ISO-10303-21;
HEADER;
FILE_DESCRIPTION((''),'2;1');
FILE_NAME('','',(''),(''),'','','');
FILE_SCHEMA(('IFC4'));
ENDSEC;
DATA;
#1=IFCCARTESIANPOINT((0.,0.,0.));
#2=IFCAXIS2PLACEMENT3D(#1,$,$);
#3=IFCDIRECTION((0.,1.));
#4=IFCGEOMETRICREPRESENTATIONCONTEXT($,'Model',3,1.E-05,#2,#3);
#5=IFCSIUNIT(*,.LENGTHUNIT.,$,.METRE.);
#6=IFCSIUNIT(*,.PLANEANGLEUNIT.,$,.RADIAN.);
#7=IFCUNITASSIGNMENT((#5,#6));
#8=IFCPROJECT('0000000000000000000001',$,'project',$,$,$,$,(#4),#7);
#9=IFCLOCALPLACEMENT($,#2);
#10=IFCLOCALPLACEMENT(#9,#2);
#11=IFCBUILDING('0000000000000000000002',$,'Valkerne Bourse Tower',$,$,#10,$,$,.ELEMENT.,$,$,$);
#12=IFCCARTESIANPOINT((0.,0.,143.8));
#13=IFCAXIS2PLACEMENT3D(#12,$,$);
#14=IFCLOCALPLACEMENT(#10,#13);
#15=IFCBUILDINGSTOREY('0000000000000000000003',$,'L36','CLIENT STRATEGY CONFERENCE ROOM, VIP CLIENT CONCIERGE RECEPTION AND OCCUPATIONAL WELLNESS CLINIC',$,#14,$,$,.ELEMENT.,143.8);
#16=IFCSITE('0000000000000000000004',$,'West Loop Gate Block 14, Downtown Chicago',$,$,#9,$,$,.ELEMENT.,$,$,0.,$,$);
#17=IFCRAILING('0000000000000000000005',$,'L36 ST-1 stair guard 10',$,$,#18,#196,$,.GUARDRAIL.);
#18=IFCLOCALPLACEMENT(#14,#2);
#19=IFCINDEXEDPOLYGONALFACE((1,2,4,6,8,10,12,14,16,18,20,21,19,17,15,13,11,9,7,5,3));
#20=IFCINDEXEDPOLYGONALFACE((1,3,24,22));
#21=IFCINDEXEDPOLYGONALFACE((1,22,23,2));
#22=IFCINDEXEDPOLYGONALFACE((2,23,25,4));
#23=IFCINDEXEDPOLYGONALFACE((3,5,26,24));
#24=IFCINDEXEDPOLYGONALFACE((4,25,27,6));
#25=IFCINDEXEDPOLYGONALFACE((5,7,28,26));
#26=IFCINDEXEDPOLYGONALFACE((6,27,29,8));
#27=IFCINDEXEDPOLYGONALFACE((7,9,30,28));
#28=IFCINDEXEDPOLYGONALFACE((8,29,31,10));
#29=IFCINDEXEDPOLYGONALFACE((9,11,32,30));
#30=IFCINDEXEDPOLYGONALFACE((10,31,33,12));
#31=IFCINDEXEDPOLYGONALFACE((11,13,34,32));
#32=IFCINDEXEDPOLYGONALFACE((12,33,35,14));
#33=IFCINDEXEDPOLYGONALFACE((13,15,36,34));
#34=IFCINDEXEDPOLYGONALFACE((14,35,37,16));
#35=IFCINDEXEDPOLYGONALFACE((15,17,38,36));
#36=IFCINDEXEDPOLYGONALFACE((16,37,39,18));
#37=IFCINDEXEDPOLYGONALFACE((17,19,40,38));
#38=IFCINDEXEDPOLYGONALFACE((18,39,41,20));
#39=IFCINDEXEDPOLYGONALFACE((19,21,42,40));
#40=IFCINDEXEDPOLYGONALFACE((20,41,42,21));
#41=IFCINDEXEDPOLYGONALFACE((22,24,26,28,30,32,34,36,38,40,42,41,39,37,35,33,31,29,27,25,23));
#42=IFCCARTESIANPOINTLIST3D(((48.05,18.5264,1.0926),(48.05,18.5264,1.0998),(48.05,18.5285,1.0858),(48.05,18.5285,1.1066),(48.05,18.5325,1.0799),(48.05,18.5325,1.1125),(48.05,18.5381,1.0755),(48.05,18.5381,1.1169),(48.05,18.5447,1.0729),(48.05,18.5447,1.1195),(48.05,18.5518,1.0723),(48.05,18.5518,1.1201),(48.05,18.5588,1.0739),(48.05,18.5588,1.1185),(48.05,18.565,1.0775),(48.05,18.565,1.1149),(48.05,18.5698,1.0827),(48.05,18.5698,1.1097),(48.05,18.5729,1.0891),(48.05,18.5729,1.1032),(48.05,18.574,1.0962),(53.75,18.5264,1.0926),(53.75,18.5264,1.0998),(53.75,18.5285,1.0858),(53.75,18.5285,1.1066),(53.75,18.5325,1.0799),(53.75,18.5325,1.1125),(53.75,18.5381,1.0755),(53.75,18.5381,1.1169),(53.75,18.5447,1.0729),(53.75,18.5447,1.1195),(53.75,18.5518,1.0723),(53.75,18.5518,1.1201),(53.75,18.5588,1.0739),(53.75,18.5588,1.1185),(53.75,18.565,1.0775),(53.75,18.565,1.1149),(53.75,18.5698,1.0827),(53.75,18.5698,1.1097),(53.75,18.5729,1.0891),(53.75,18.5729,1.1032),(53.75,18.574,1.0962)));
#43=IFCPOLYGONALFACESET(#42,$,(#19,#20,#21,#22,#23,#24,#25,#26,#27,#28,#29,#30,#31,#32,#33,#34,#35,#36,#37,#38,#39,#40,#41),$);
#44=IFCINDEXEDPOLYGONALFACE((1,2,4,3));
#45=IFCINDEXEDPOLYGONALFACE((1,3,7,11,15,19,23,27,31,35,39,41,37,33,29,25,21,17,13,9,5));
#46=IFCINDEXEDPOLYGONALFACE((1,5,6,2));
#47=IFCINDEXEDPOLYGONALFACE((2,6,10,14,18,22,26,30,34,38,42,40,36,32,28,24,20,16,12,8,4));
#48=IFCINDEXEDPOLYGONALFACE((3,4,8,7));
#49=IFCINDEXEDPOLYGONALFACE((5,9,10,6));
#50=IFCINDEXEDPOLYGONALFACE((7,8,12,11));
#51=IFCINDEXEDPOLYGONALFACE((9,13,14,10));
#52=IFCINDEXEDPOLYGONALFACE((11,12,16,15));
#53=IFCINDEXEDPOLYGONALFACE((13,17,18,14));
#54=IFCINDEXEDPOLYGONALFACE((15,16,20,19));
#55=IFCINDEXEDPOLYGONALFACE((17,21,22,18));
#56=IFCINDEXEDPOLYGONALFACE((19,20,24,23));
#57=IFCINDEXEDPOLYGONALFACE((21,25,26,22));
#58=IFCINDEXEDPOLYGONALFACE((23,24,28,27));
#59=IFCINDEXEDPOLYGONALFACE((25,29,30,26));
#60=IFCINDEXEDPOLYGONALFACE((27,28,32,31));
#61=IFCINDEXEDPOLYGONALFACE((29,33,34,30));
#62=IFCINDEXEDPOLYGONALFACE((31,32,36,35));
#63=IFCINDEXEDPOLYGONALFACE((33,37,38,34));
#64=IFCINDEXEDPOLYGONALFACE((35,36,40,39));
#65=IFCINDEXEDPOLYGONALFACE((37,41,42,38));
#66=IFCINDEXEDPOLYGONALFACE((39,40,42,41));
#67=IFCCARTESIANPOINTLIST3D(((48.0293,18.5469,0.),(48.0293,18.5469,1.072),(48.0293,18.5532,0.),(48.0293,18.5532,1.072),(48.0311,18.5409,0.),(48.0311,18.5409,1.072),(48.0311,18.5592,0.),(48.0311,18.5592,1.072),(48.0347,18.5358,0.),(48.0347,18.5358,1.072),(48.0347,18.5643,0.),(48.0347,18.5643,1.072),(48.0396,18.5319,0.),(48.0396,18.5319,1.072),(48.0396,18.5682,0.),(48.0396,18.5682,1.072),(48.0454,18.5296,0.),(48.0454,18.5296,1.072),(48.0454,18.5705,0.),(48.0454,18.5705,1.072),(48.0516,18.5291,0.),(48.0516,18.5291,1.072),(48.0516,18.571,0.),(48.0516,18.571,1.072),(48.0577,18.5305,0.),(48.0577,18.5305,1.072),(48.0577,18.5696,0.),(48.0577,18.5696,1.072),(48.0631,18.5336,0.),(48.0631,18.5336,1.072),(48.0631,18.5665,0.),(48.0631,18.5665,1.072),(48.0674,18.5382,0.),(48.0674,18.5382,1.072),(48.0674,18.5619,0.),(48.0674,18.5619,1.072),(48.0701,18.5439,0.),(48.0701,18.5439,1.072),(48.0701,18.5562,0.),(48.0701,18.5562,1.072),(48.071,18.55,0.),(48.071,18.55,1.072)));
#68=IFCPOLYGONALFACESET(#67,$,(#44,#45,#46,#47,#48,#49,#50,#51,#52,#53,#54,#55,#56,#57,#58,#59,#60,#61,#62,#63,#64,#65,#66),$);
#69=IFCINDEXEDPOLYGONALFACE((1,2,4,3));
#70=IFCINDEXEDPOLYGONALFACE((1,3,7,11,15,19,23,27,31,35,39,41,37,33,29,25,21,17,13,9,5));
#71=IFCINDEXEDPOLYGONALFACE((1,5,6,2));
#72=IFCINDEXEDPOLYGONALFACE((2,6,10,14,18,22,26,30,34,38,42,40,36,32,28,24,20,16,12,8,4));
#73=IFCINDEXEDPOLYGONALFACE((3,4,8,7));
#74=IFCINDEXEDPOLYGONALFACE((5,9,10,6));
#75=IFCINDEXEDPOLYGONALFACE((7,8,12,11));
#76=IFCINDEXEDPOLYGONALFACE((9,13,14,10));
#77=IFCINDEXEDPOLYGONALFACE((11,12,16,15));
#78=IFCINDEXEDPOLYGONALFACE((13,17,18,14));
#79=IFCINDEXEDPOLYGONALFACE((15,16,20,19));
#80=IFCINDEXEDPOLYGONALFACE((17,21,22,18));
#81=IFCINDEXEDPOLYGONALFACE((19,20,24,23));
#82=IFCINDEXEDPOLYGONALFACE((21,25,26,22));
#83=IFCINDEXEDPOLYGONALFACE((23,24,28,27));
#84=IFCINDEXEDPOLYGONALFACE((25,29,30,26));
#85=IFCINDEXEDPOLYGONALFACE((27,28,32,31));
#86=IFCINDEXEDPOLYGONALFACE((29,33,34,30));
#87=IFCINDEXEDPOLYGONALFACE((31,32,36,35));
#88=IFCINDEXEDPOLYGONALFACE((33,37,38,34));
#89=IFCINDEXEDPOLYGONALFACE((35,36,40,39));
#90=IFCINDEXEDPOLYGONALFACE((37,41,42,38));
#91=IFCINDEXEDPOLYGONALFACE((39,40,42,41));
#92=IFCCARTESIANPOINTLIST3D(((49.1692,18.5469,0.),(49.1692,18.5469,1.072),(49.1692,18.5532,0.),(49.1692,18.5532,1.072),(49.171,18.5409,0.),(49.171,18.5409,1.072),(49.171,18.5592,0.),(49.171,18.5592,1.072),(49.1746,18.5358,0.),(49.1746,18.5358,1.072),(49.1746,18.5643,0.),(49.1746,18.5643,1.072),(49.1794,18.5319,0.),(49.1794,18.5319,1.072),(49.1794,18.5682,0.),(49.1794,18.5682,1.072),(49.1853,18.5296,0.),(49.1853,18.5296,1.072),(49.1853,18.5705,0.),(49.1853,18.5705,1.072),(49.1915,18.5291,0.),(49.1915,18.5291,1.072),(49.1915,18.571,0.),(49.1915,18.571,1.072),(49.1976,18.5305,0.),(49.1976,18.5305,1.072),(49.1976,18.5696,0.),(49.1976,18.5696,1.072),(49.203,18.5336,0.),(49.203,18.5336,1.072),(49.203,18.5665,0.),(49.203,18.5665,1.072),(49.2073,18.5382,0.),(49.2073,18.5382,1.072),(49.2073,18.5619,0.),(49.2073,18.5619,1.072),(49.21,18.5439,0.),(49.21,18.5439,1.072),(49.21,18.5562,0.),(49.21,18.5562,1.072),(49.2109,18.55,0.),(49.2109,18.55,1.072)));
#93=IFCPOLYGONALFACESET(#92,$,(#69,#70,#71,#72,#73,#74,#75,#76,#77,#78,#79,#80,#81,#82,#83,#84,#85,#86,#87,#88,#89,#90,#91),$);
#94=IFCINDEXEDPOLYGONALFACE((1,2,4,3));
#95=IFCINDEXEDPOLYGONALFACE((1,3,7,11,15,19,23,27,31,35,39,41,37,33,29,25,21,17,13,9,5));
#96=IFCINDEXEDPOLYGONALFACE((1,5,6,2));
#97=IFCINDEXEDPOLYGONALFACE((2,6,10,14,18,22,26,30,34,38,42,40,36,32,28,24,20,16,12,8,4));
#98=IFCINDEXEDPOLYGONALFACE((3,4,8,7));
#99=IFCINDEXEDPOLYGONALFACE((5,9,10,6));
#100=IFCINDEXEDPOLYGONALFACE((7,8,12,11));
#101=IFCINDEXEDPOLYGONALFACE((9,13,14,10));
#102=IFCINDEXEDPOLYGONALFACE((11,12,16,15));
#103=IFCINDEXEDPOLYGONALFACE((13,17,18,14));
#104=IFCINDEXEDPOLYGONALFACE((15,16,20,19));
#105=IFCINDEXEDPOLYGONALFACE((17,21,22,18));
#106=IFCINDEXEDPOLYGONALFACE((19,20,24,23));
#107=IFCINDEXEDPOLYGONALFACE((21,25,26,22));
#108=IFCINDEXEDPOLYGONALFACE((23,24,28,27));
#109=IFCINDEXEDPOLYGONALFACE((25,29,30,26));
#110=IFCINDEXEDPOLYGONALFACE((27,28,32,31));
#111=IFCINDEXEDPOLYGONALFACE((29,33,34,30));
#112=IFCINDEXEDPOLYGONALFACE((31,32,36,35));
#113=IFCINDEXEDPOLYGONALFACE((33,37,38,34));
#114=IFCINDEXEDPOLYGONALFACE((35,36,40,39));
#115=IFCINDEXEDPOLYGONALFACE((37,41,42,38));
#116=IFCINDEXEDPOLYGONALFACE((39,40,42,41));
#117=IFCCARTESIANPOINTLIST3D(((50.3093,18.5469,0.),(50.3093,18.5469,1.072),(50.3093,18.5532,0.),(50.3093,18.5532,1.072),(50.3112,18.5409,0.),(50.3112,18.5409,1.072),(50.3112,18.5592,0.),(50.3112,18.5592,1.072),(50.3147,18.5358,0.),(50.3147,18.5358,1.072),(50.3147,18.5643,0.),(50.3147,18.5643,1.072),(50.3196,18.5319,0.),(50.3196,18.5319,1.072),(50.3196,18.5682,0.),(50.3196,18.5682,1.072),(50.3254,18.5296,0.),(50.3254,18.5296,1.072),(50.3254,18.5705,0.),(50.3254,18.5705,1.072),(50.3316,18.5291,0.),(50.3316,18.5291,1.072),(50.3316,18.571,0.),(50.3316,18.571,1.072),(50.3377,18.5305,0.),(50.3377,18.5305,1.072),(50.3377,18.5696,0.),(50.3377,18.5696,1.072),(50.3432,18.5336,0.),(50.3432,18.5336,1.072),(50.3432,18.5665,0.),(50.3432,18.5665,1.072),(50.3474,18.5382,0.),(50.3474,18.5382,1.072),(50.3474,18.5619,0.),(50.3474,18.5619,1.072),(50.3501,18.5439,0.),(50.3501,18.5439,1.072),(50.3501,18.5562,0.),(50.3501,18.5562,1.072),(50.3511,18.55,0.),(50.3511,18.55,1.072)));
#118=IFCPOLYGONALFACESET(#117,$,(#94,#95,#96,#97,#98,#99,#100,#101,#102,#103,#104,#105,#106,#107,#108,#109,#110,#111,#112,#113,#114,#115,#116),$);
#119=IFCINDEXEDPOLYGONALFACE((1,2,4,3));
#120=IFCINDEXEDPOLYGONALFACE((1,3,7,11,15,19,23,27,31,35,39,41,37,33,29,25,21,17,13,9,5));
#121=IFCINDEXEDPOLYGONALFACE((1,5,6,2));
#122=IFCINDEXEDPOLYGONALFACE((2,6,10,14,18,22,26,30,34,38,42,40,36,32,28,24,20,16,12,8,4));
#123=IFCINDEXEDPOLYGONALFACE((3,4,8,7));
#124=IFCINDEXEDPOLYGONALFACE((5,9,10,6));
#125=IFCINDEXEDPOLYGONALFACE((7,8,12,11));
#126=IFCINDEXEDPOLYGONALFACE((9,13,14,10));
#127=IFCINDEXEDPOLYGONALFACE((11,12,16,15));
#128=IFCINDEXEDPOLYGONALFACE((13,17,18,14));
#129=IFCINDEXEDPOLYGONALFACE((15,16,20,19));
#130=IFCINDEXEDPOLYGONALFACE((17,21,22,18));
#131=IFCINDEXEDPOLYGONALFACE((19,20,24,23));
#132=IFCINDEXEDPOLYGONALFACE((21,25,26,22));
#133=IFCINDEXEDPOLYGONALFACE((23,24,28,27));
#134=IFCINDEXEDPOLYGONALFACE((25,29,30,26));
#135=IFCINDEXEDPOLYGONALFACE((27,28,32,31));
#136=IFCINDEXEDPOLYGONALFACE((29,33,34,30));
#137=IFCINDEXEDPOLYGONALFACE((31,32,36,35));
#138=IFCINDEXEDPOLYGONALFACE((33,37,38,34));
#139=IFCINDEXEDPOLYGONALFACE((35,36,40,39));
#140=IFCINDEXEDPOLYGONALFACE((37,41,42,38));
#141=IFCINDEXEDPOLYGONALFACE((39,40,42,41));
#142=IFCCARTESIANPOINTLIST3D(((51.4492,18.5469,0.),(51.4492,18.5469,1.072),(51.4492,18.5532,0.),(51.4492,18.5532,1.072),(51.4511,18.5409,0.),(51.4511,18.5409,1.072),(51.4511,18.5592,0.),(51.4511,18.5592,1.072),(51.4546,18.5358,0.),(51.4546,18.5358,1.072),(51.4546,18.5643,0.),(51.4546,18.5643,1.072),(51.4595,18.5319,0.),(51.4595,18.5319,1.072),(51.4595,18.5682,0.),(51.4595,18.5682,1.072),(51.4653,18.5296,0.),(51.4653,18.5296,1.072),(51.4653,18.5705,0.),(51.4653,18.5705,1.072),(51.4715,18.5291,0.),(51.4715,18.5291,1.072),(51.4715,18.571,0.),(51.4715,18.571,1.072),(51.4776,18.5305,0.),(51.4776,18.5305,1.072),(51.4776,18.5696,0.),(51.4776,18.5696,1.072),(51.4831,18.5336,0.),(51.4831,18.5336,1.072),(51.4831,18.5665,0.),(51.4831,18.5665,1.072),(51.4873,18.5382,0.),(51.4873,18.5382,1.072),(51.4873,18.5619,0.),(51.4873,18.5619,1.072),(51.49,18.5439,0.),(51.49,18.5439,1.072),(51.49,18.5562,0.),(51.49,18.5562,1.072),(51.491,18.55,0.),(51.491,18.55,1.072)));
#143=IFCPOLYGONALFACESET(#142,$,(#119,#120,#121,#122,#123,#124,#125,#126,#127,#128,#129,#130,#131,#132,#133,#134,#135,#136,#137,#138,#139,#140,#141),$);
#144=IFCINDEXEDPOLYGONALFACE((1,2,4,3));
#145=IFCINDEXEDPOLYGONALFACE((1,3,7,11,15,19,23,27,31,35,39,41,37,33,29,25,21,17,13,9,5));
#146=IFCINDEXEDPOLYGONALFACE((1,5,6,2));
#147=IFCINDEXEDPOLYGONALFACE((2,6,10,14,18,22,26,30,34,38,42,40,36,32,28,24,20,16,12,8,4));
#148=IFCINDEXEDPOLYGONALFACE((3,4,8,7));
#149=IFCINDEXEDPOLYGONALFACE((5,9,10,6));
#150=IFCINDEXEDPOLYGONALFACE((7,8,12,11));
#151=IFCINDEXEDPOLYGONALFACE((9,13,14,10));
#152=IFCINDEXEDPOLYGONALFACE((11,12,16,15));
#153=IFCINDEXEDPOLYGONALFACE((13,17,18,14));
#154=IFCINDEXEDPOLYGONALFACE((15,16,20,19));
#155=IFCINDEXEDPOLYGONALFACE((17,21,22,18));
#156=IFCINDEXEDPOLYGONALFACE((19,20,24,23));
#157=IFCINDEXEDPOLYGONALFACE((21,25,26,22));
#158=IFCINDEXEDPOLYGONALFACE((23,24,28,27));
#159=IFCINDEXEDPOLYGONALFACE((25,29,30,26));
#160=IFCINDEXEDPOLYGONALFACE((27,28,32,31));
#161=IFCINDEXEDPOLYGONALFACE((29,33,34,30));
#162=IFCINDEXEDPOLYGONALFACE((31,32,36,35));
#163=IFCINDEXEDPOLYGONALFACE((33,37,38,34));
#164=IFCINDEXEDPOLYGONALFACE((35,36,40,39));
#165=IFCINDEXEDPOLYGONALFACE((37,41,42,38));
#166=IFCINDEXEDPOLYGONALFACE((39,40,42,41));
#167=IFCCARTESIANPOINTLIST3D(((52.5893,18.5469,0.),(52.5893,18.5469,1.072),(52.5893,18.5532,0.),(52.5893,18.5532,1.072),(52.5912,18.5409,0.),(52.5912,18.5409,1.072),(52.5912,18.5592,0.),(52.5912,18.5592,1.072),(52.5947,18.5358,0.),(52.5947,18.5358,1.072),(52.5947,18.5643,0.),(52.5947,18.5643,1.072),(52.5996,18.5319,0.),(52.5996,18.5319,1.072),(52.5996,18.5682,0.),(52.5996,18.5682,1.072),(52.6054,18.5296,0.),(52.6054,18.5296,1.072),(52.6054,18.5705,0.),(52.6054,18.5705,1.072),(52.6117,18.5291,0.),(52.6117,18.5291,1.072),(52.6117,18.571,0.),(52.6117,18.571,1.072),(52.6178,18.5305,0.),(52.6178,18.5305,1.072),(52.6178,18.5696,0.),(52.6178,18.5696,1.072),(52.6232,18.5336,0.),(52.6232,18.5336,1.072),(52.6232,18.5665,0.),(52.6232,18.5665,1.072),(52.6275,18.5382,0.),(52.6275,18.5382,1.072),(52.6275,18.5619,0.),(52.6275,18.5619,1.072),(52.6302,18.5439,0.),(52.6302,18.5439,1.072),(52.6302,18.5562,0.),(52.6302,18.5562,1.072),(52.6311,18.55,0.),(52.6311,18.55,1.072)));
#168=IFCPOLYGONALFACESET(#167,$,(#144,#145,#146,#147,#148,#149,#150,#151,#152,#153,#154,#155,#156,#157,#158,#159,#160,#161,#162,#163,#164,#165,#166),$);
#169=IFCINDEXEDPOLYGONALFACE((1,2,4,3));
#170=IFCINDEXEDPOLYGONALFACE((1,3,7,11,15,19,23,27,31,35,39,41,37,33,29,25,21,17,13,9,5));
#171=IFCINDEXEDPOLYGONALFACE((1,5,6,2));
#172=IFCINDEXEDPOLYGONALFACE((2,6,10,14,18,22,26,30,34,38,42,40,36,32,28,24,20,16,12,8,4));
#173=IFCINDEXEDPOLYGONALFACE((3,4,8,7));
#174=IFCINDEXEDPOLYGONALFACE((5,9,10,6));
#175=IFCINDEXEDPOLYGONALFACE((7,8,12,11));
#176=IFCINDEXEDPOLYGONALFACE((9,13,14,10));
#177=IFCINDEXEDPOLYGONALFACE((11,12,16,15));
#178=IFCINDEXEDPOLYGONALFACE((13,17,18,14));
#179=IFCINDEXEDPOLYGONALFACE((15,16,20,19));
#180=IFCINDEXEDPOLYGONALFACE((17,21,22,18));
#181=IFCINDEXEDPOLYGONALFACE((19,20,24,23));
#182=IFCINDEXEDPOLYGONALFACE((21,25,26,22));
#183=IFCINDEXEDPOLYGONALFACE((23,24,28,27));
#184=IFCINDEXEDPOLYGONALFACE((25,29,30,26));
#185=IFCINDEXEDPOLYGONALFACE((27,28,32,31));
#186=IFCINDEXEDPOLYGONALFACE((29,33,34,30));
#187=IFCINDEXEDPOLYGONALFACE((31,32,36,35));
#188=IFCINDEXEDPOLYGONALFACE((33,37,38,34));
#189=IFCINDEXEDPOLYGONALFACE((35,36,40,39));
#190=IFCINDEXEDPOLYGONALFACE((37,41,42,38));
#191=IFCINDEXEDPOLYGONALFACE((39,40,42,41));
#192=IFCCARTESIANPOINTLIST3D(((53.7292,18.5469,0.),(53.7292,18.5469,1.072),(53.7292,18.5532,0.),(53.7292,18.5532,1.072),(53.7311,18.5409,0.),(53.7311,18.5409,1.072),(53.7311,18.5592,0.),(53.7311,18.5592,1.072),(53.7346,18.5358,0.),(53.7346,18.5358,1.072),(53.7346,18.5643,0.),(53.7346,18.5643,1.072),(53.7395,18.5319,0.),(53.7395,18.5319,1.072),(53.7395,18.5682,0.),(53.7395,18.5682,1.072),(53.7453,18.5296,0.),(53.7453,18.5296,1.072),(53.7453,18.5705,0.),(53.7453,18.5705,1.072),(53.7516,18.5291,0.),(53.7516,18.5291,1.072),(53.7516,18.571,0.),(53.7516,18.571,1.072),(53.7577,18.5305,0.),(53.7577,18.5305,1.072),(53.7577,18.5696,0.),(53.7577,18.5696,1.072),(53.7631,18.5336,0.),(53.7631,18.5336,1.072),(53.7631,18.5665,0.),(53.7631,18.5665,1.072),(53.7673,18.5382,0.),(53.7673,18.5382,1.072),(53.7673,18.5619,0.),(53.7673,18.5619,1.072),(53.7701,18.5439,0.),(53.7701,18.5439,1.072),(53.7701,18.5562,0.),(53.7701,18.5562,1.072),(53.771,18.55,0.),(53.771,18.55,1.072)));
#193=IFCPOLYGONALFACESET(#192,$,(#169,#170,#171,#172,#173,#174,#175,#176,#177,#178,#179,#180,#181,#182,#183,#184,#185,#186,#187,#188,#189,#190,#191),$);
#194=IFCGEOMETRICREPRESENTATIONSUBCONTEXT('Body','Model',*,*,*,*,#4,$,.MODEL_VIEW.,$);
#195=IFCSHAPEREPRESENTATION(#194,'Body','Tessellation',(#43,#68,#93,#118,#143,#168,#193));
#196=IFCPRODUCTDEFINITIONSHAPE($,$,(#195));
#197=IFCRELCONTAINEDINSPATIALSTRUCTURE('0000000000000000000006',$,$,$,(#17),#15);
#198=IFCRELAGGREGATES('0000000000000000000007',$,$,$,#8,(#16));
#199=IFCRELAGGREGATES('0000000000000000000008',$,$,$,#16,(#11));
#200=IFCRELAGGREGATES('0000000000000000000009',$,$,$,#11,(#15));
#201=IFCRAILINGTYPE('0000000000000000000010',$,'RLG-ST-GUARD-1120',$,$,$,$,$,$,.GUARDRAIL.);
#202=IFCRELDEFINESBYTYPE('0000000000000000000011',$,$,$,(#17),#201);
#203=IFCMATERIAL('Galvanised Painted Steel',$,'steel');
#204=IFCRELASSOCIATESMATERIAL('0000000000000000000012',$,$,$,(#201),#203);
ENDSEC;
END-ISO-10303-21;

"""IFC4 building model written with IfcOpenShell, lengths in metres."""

from ifc_helpers import new_model, si_unit, direction, frame, origin, origin_2d, place, context, subcontext, project, spatial, circle, extrude, material, type_object, element, save


model = new_model("IFC4")

# Units and contexts
model_context = context("Model", 3, precision=1e-05, world=origin(), true_north=direction((0.0, 1.0)))
body_context = subcontext(model_context, "Body", "Model", "MODEL_VIEW")
ifc_project = project(units=[si_unit("LENGTHUNIT", "METRE"), si_unit("PLANEANGLEUNIT", "RADIAN")], contexts=[model_context])

# Site, building, storey
site_placement = place(None, origin())
site = spatial("IfcSite", under=ifc_project, at=site_placement, Name="West Loop Gate Block 14, Downtown Chicago", CompositionType="ELEMENT", RefElevation=0.0)
building_placement = place(site_placement, origin())
building = spatial("IfcBuilding", under=site, at=building_placement, Name="Valkerne Bourse Tower", CompositionType="ELEMENT")
storey_placement = place(building_placement, frame((0.0, 0.0, 143.8)))
storey = spatial("IfcBuildingStorey", under=building, at=storey_placement, Name="L36", Description="CLIENT STRATEGY CONFERENCE ROOM, VIP CLIENT CONCIERGE RECEPTION AND OCCUPATIONAL WELLNESS CLINIC", CompositionType="ELEMENT", Elevation=143.8)

# Shared definitions
ifc_material_1 = material(Name="Galvanised Painted Steel", Category="steel")

# Railing
railing_type_1 = type_object("IfcRailingType", Name="RLG-ST-GUARD-1120", PredefinedType="GUARDRAIL", material=ifc_material_1)
for number, where, name in (
    (1, (48.05, 18.55, 0.0), "L36 ST-1 stair guard 10"),
):
    element("IfcRailing", number, at=place(storey_placement, frame(where)), inside=storey, type_object=railing_type_1, Name=name, PredefinedType="GUARDRAIL", context=body_context, shape_type="SweptSolid", body=[
        extrude(circle(Radius=0.0239, at=origin_2d()), frame((0.0, 0.0, 1.0962), z_axis=(1.0, 0.0, 0.0), x_axis=(0.0, 1.0, 0.0)), (0.0, 0.0, 1.0), 5.7),
        extrude(circle(Radius=0.021, at=origin_2d()), origin(), (0.0, 0.0, 1.0), 1.072),
        extrude(circle(Radius=0.021, at=origin_2d()), frame((1.1399, 0.0, 0.0)), (0.0, 0.0, 1.0), 1.072),
        extrude(circle(Radius=0.021, at=origin_2d()), frame((2.28, 0.0, 0.0)), (0.0, 0.0, 1.0), 1.072),
        extrude(circle(Radius=0.021, at=origin_2d()), frame((3.4199, 0.0, 0.0)), (0.0, 0.0, 1.0), 1.072),
        extrude(circle(Radius=0.021, at=origin_2d()), frame((4.5601, 0.0, 0.0)), (0.0, 0.0, 1.0), 1.072),
        extrude(circle(Radius=0.021, at=origin_2d()), frame((5.7, 0.0, 0.0)), (0.0, 0.0, 1.0), 1.072),
    ])

save(model, "model.ifc")
